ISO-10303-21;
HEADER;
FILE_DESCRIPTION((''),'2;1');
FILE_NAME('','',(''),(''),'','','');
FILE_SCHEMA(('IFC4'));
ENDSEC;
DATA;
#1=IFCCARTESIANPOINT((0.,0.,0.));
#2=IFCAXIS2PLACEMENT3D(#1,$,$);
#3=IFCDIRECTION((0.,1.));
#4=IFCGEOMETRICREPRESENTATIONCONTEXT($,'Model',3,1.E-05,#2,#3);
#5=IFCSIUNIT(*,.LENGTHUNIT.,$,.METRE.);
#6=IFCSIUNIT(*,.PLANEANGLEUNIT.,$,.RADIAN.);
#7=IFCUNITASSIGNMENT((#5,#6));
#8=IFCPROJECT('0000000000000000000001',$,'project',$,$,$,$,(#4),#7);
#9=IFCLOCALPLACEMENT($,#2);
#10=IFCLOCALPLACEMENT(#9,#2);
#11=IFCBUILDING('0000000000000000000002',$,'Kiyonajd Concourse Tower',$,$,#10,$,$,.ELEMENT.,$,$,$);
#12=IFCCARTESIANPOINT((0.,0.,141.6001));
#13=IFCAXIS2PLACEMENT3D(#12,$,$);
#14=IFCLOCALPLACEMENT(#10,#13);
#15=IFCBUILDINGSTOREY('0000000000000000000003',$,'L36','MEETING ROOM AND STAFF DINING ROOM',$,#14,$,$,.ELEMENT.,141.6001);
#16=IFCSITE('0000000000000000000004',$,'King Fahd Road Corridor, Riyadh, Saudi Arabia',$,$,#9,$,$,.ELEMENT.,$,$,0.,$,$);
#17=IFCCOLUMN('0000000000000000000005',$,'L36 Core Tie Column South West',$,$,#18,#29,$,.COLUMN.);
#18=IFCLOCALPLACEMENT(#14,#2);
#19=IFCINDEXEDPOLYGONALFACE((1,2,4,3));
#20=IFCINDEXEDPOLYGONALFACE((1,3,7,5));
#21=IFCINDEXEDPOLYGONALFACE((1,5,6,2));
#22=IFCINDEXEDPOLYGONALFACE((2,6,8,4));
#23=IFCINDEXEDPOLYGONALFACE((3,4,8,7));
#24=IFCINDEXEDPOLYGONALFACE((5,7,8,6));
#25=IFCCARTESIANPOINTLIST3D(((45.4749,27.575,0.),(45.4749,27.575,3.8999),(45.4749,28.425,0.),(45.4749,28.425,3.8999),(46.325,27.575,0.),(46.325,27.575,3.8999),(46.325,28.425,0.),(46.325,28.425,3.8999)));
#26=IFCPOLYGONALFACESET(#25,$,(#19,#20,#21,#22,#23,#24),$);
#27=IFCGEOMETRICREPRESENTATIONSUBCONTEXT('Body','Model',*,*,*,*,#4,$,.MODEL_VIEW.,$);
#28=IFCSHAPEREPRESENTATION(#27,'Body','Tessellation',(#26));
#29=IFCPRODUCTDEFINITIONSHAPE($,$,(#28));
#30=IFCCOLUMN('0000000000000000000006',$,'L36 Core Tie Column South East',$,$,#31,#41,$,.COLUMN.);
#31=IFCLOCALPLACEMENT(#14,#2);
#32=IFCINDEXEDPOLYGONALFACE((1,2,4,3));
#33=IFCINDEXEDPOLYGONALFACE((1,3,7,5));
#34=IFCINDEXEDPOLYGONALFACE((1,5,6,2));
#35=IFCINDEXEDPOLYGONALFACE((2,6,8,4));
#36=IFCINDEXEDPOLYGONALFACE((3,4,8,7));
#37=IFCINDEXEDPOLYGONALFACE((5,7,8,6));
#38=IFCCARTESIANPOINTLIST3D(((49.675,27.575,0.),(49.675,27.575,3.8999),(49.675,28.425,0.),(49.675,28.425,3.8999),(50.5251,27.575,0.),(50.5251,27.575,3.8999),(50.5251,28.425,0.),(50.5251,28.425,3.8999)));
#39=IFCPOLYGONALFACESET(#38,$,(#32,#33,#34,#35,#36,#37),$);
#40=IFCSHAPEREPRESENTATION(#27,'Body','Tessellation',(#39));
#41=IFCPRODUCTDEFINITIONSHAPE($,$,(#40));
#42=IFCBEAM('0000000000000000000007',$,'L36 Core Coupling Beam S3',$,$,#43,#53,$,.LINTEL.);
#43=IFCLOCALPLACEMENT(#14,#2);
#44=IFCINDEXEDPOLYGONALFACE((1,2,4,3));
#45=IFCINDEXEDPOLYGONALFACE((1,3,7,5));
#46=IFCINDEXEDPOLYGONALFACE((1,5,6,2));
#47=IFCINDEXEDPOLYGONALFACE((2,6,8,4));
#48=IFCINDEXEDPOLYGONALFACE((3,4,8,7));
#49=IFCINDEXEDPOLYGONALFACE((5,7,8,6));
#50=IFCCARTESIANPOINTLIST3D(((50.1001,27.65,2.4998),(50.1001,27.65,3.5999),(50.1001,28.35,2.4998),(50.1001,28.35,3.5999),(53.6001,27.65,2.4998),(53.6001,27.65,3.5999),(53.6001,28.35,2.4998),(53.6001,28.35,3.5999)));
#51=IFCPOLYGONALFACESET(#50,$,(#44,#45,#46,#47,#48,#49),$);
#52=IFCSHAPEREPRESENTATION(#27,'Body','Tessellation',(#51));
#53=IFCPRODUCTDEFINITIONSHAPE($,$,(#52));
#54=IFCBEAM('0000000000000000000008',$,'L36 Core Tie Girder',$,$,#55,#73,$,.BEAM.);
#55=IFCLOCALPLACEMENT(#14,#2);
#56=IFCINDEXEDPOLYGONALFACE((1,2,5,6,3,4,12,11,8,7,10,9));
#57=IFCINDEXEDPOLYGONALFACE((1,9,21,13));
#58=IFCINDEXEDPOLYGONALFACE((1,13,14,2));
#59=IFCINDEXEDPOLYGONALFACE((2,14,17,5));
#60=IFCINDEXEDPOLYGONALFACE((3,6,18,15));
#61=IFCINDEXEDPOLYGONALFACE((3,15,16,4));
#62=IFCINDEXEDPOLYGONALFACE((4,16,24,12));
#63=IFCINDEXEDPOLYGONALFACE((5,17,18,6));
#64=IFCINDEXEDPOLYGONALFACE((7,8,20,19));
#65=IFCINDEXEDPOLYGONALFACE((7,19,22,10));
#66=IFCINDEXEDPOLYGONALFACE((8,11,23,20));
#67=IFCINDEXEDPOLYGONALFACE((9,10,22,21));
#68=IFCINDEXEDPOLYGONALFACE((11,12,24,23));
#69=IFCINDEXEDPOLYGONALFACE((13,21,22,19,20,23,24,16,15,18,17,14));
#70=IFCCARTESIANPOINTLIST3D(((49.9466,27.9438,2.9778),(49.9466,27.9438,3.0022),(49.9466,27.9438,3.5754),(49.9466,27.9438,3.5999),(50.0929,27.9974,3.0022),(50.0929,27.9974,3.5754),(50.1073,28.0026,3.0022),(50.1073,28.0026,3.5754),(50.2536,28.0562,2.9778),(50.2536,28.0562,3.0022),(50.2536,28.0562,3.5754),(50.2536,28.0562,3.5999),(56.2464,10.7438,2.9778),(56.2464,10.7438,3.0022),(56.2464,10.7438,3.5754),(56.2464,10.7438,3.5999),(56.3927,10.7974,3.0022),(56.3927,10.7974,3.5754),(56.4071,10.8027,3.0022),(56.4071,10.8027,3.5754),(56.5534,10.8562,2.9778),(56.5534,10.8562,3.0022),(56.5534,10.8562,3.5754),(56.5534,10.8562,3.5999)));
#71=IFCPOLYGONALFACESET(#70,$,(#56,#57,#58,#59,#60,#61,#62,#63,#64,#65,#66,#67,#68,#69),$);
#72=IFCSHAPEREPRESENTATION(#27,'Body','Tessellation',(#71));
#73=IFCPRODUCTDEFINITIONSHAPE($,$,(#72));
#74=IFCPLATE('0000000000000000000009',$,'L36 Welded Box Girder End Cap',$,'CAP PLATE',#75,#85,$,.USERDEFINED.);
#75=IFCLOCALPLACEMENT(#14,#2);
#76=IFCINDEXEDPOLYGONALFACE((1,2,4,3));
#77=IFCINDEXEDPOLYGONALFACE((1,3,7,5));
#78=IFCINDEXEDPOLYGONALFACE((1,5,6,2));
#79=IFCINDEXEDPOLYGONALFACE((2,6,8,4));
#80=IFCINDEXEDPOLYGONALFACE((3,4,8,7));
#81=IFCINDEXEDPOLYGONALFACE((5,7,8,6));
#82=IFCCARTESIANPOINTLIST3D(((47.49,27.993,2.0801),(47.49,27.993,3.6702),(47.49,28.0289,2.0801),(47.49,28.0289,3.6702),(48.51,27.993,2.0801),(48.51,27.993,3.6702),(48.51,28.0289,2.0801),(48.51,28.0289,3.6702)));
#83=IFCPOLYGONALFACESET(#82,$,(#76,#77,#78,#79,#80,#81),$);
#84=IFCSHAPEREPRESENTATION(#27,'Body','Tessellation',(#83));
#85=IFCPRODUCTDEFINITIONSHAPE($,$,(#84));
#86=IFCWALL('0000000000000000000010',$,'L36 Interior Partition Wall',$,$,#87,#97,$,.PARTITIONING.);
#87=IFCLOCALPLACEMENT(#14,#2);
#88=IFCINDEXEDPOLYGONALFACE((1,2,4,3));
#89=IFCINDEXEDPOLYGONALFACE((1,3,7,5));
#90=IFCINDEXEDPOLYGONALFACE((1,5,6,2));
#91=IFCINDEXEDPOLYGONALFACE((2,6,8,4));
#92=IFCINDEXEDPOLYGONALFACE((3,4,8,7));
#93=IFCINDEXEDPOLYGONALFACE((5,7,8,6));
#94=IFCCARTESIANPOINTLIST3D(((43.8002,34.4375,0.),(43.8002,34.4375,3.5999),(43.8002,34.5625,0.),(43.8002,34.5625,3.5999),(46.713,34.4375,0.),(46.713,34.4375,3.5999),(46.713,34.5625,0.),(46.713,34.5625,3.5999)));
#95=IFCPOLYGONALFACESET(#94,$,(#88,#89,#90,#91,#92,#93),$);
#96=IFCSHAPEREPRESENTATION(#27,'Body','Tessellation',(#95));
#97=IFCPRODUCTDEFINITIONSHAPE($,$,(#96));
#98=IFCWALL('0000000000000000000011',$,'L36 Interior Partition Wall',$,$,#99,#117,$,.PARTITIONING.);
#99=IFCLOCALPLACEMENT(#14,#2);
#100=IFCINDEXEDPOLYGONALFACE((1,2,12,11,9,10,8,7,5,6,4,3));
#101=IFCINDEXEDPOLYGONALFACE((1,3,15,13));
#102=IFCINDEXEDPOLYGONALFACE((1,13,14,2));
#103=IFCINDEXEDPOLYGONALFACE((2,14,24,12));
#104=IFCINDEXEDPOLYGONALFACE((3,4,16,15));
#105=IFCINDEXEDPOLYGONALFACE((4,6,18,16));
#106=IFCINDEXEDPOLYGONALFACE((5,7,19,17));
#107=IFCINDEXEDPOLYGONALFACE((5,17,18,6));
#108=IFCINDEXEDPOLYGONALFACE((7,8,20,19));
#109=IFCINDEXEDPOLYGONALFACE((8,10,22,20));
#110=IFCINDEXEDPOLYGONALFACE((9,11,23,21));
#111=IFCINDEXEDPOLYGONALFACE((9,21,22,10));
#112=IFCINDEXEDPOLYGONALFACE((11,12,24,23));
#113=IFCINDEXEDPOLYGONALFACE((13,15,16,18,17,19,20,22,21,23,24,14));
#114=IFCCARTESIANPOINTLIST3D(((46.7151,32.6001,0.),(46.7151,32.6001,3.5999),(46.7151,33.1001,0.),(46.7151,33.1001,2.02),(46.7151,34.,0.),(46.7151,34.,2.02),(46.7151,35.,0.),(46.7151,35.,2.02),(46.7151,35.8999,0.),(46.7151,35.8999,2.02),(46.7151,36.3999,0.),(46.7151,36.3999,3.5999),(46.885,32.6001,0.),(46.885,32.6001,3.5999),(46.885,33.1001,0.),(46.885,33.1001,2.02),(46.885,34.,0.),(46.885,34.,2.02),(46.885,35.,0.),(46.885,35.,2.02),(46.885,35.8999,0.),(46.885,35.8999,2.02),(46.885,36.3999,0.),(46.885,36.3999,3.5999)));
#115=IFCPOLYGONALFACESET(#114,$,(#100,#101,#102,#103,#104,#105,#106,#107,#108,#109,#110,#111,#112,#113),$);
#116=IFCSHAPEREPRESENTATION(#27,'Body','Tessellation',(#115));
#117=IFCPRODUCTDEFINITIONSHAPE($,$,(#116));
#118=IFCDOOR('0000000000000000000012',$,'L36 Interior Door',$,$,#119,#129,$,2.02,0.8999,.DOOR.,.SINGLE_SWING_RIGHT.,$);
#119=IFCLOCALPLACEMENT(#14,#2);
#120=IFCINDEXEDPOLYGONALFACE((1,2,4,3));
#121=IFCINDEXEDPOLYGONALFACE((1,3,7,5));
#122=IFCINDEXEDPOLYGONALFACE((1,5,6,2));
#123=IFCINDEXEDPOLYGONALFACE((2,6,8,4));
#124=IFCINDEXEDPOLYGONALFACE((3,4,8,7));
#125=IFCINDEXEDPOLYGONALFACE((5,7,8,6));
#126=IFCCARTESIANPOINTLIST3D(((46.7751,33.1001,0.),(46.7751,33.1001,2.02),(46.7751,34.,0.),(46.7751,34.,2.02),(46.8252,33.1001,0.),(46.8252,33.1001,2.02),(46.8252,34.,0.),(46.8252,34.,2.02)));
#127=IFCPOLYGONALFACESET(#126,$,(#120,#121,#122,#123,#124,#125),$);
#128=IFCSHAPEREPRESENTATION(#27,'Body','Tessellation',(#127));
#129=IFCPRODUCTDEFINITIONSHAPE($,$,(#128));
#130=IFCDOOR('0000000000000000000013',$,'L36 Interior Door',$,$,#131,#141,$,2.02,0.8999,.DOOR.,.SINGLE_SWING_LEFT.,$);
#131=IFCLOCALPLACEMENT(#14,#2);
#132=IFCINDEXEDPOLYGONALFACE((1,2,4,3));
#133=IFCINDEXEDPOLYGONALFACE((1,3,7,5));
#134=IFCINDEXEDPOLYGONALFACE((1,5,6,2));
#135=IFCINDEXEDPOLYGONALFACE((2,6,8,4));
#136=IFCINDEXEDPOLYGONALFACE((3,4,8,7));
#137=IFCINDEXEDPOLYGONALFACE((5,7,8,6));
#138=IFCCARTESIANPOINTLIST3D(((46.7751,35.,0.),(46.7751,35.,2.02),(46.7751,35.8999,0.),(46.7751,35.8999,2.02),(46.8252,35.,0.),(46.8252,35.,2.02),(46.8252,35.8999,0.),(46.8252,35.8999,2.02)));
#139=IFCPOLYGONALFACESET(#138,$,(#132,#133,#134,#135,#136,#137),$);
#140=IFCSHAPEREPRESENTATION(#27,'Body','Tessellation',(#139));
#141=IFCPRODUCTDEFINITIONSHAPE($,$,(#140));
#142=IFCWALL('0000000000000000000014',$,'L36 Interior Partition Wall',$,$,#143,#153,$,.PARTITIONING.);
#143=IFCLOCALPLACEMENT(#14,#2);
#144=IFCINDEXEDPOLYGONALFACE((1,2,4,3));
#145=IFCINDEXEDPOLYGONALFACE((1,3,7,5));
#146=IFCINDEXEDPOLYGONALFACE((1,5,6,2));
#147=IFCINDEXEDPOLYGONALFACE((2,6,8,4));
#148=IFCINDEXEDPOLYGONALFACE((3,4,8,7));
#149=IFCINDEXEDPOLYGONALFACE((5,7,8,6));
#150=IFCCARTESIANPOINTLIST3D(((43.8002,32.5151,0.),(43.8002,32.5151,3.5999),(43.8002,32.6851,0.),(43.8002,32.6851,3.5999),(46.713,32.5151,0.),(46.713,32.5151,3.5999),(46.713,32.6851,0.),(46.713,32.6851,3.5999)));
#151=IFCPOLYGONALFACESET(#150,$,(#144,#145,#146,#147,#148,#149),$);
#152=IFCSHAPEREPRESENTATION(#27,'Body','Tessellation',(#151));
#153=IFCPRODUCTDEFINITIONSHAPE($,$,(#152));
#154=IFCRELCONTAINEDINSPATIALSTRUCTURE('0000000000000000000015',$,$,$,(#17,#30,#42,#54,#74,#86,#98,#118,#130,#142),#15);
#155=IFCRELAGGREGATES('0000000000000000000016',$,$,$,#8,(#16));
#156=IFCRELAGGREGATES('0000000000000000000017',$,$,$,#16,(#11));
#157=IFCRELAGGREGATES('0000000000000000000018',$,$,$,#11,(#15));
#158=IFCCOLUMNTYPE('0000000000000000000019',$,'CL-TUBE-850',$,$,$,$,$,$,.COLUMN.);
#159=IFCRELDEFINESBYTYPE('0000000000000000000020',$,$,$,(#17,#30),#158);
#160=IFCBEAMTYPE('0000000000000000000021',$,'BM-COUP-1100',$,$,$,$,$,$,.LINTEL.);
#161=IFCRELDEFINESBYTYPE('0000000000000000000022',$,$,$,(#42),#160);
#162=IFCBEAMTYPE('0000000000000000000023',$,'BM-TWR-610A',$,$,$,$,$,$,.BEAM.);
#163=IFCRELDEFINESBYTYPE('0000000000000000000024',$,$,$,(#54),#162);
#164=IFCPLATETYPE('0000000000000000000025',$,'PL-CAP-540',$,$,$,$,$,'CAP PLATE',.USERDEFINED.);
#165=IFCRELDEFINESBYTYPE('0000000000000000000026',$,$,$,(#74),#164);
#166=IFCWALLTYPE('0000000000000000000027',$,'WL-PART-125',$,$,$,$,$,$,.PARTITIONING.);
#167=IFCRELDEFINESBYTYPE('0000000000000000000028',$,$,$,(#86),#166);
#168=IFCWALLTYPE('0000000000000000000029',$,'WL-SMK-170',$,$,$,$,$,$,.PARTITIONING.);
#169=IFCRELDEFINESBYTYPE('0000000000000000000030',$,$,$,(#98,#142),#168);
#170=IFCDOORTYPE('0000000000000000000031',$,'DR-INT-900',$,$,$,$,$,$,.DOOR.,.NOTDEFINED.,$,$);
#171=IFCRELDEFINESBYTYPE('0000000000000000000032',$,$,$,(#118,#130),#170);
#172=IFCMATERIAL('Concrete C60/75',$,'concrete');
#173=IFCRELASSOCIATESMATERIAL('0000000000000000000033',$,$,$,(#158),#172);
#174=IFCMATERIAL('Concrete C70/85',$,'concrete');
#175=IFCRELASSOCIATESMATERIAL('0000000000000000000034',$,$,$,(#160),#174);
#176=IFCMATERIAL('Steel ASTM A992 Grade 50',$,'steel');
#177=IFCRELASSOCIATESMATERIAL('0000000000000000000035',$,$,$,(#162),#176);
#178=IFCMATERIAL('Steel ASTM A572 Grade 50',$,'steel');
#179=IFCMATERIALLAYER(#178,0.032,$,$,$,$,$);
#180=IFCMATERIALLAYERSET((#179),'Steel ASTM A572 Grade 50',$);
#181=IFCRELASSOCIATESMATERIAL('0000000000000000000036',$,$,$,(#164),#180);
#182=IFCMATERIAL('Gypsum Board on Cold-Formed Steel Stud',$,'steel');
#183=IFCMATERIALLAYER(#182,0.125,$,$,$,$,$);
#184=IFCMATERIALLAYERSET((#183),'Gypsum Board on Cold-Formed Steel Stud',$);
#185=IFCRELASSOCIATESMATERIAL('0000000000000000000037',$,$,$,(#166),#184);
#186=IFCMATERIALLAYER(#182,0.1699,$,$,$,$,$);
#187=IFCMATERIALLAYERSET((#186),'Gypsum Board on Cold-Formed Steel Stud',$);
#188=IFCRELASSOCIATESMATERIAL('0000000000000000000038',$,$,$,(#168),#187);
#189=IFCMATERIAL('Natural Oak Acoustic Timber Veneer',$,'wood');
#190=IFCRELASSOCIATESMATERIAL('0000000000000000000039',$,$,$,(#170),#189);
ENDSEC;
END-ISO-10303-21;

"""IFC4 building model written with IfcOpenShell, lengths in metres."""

from ifc_helpers import new_model, si_unit, direction, frame, frame_2d, origin, origin_2d, place, context, subcontext, project, spatial, rectangle, i_section, extrude, material, layer, layer_set, material_profile, profile_set, type_object, element, fill, save


model = new_model("IFC4")

# Units and contexts
model_context = context("Model", 3, precision=1e-05, world=origin(), true_north=direction((0.0, 1.0)))
body_context = subcontext(model_context, "Body", "Model", "MODEL_VIEW")
ifc_project = project(units=[si_unit("LENGTHUNIT", "METRE"), si_unit("PLANEANGLEUNIT", "RADIAN")], contexts=[model_context])

# Site, building, storey
site_placement = place(None, origin())
site = spatial("IfcSite", under=ifc_project, at=site_placement, Name="King Fahd Road Corridor, Riyadh, Saudi Arabia", CompositionType="ELEMENT", RefElevation=0.0)
building_placement = place(site_placement, origin())
building = spatial("IfcBuilding", under=site, at=building_placement, Name="Kiyonajd Concourse Tower", CompositionType="ELEMENT")
storey_placement = place(building_placement, frame((0.0, 0.0, 141.6001)))
storey = spatial("IfcBuildingStorey", under=building, at=storey_placement, Name="L36", Description="MEETING ROOM AND STAFF DINING ROOM", CompositionType="ELEMENT", Elevation=141.6001)

# Columns
ifc_material_1 = material(Name="Concrete C60/75", Category="concrete")
ifc_material_profile_1 = material_profile(ifc_material_1, rectangle(XDim=0.8501, YDim=0.8501, at=origin_2d()), Name="RC-850x850")
ifc_profile_set_1 = profile_set([ifc_material_profile_1], Name="Concrete C60/75")
column_type = type_object("IfcColumnType", Name="CL-TUBE-850", PredefinedType="COLUMN", material=ifc_profile_set_1)
for number, where, z_axis, x_axis, name in (
    (1, (45.8999, 28.0, 0.0), (0.0, 0.0, 1.0), (1.0, 0.0, 0.0), "L36 Core Tie Column South West"),
    (2, (50.1001, 28.0, 0.0), (0.0, 0.0, 1.0), (1.0, 0.0, 0.0), "L36 Core Tie Column South East"),
):
    element("IfcColumn", number, at=place(storey_placement, frame(where, z_axis=z_axis, x_axis=x_axis)), inside=storey, type_object=column_type, Name=name, PredefinedType="COLUMN", context=body_context, shape_type="SweptSolid", body=[
        extrude(rectangle(XDim=0.8501, YDim=0.8501, at=origin_2d()), origin(), (0.0, 0.0, 1.0), 3.8999),
    ])

# Beams
ifc_material_2 = material(Name="Concrete C70/85", Category="concrete")
ifc_material_profile_2 = material_profile(ifc_material_2, rectangle(XDim=0.7, YDim=1.1001, at=origin_2d()), Name="RCBM-700x1100")
ifc_profile_set_2 = profile_set([ifc_material_profile_2], Name="Concrete C70/85")
beam_type_1 = type_object("IfcBeamType", Name="BM-COUP-1100", PredefinedType="LINTEL", material=ifc_profile_set_2)
beam_1_placement = place(storey_placement, frame((50.1001, 28.0, 3.0498), z_axis=(1.0, 0.0, 0.0), x_axis=(0.0, 1.0, 0.0)))
element("IfcBeam", 3, at=beam_1_placement, inside=storey, type_object=beam_type_1, Name="L36 Core Coupling Beam S3", PredefinedType="LINTEL", context=body_context, shape_type="SweptSolid", body=[
    extrude(rectangle(XDim=0.7, YDim=1.1001, at=origin_2d()), origin(), (0.0, 0.0, 1.0), 3.5),
])
ifc_material_3 = material(Name="Steel ASTM A992 Grade 50", Category="steel")
ifc_material_profile_3 = material_profile(ifc_material_3, i_section(OverallWidth=0.3269, OverallDepth=0.6221, WebThickness=0.0154, FlangeThickness=0.0244, at=origin_2d()), Name="W610X195")
ifc_profile_set_3 = profile_set([ifc_material_profile_3], Name="Steel ASTM A992 Grade 50")
beam_type_2 = type_object("IfcBeamType", Name="BM-TWR-610A", PredefinedType="BEAM", material=ifc_profile_set_3)
beam_2_placement = place(storey_placement, frame((50.1001, 28.0, 3.2888), z_axis=(0.343925, -0.938997, 0.0), x_axis=(0.938997, 0.343925, 0.0)))
element("IfcBeam", 4, at=beam_2_placement, inside=storey, type_object=beam_type_2, Name="L36 Core Tie Girder", PredefinedType="BEAM", context=body_context, shape_type="SweptSolid", body=[
    extrude(i_section(OverallWidth=0.3269, OverallDepth=0.6221, WebThickness=0.0154, FlangeThickness=0.0244, at=origin_2d()), origin(), (0.0, 0.0, 1.0), 18.3174),
])

# Plate
ifc_material_4 = material(Name="Steel ASTM A572 Grade 50", Category="steel")
ifc_layer_1 = layer(ifc_material_4, 0.032)
ifc_layer_set_1 = layer_set([ifc_layer_1], Name="Steel ASTM A572 Grade 50")
plate_type = type_object("IfcPlateType", Name="PL-CAP-540", ElementType="CAP PLATE", PredefinedType="USERDEFINED", material=ifc_layer_set_1)
plate_placement = place(storey_placement, frame((48.0, 28.011, 2.0801), z_axis=(0.0, 0.0, 1.0), x_axis=(0.0, 1.0, 0.0)))
element("IfcPlate", 5, at=plate_placement, inside=storey, type_object=plate_type, Name="L36 Welded Box Girder End Cap", ObjectType="CAP PLATE", PredefinedType="USERDEFINED", context=body_context, shape_type="SweptSolid", body=[
    extrude(rectangle(XDim=0.0359, YDim=1.02, at=origin_2d()), origin(), (0.0, 0.0, 1.0), 1.5901),
])

# Wall
ifc_material_5 = material(Name="Gypsum Board on Cold-Formed Steel Stud", Category="steel")
ifc_layer_2 = layer(ifc_material_5, 0.125)
ifc_layer_set_2 = layer_set([ifc_layer_2], Name="Gypsum Board on Cold-Formed Steel Stud")
wall_type_1 = type_object("IfcWallType", Name="WL-PART-125", PredefinedType="PARTITIONING", material=ifc_layer_set_2)
wall_1_placement = place(storey_placement, frame((43.8, 34.5, 0.0), z_axis=(0.0, 0.0, 1.0), x_axis=(1.0, 0.0, 0.0)))
element("IfcWall", 6, at=wall_1_placement, inside=storey, type_object=wall_type_1, Name="L36 Interior Partition Wall", PredefinedType="PARTITIONING", context=body_context, shape_type="SweptSolid", body=[
    extrude(rectangle(XDim=2.9128, YDim=0.125, at=frame_2d((1.4565, 0.0))), origin(), (0.0, 0.0, 1.0), 3.5999),
])

# Wall, openings, doors
ifc_layer_3 = layer(ifc_material_5, 0.1699)
ifc_layer_set_3 = layer_set([ifc_layer_3], Name="Gypsum Board on Cold-Formed Steel Stud")
wall_type_2 = type_object("IfcWallType", Name="WL-SMK-170", PredefinedType="PARTITIONING", material=ifc_layer_set_3)
wall_2_placement = place(storey_placement, frame((46.8, 32.6001, 0.0), z_axis=(0.0, 0.0, 1.0), x_axis=(0.0, 1.0, 0.0)))
wall_2 = element("IfcWall", 7, at=wall_2_placement, inside=storey, type_object=wall_type_2, Name="L36 Interior Partition Wall", PredefinedType="PARTITIONING", context=body_context, shape_type="SweptSolid", body=[
    extrude(rectangle(XDim=3.7998, YDim=0.1699, at=frame_2d((1.8999, 0.0))), origin(), (0.0, 0.0, 1.0), 3.5999),
])
opening_1_placement = place(wall_2_placement, frame((0.5, 0.0, 0.0)))
opening_1 = element("IfcOpeningElement", 8, at=opening_1_placement, cuts=wall_2, PredefinedType="OPENING", context=body_context, shape_type="SweptSolid", body=[
    extrude(rectangle(XDim=0.8999, YDim=2.02, at=frame_2d((0.45, 1.01))), frame((0.0, 0.095, 0.0), z_axis=(0.0, -1.0, 0.0), x_axis=(1.0, 0.0, 0.0)), (0.0, 0.0, 1.0), 0.1899),
])
opening_2_placement = place(wall_2_placement, frame((2.3999, 0.0, 0.0)))
opening_2 = element("IfcOpeningElement", 9, at=opening_2_placement, cuts=wall_2, PredefinedType="OPENING", context=body_context, shape_type="SweptSolid", body=[
    extrude(rectangle(XDim=0.8999, YDim=2.02, at=frame_2d((0.45, 1.01))), frame((0.0, 0.095, 0.0), z_axis=(0.0, -1.0, 0.0), x_axis=(1.0, 0.0, 0.0)), (0.0, 0.0, 1.0), 0.1899),
])
ifc_material_6 = material(Name="Natural Oak Acoustic Timber Veneer", Category="wood")
door_type = type_object("IfcDoorType", Name="DR-INT-900", OperationType="NOTDEFINED", PredefinedType="DOOR", material=ifc_material_6)
door_1_placement = place(opening_1_placement, origin())
door_1 = element("IfcDoor", 10, at=door_1_placement, inside=storey, type_object=door_type, Name="L36 Interior Door", OperationType="SINGLE_SWING_RIGHT", OverallHeight=2.02, OverallWidth=0.8999, PredefinedType="DOOR", context=body_context, shape_type="SweptSolid", body=[
    extrude(rectangle(XDim=0.8999, YDim=2.02, at=frame_2d((0.45, 1.01))), frame((0.0, 0.0249, 0.0), z_axis=(0.0, -1.0, 0.0), x_axis=(1.0, 0.0, 0.0)), (0.0, 0.0, 1.0), 0.05),
])
fill(opening_1, door_1)
door_2_placement = place(opening_2_placement, origin())
door_2 = element("IfcDoor", 11, at=door_2_placement, inside=storey, type_object=door_type, Name="L36 Interior Door", OperationType="SINGLE_SWING_LEFT", OverallHeight=2.02, OverallWidth=0.8999, PredefinedType="DOOR", context=body_context, shape_type="SweptSolid", body=[
    extrude(rectangle(XDim=0.8999, YDim=2.02, at=frame_2d((0.45, 1.01))), frame((0.0, 0.0249, 0.0), z_axis=(0.0, -1.0, 0.0), x_axis=(1.0, 0.0, 0.0)), (0.0, 0.0, 1.0), 0.05),
])
fill(opening_2, door_2)

# Wall
wall_3_placement = place(storey_placement, frame((43.8, 32.6001, 0.0), z_axis=(0.0, 0.0, 1.0), x_axis=(1.0, 0.0, 0.0)))
element("IfcWall", 12, at=wall_3_placement, inside=storey, type_object=wall_type_2, Name="L36 Interior Partition Wall", PredefinedType="PARTITIONING", context=body_context, shape_type="SweptSolid", body=[
    extrude(rectangle(XDim=2.9128, YDim=0.1699, at=frame_2d((1.4565, 0.0))), origin(), (0.0, 0.0, 1.0), 3.5999),
])

save(model, "model.ifc")
